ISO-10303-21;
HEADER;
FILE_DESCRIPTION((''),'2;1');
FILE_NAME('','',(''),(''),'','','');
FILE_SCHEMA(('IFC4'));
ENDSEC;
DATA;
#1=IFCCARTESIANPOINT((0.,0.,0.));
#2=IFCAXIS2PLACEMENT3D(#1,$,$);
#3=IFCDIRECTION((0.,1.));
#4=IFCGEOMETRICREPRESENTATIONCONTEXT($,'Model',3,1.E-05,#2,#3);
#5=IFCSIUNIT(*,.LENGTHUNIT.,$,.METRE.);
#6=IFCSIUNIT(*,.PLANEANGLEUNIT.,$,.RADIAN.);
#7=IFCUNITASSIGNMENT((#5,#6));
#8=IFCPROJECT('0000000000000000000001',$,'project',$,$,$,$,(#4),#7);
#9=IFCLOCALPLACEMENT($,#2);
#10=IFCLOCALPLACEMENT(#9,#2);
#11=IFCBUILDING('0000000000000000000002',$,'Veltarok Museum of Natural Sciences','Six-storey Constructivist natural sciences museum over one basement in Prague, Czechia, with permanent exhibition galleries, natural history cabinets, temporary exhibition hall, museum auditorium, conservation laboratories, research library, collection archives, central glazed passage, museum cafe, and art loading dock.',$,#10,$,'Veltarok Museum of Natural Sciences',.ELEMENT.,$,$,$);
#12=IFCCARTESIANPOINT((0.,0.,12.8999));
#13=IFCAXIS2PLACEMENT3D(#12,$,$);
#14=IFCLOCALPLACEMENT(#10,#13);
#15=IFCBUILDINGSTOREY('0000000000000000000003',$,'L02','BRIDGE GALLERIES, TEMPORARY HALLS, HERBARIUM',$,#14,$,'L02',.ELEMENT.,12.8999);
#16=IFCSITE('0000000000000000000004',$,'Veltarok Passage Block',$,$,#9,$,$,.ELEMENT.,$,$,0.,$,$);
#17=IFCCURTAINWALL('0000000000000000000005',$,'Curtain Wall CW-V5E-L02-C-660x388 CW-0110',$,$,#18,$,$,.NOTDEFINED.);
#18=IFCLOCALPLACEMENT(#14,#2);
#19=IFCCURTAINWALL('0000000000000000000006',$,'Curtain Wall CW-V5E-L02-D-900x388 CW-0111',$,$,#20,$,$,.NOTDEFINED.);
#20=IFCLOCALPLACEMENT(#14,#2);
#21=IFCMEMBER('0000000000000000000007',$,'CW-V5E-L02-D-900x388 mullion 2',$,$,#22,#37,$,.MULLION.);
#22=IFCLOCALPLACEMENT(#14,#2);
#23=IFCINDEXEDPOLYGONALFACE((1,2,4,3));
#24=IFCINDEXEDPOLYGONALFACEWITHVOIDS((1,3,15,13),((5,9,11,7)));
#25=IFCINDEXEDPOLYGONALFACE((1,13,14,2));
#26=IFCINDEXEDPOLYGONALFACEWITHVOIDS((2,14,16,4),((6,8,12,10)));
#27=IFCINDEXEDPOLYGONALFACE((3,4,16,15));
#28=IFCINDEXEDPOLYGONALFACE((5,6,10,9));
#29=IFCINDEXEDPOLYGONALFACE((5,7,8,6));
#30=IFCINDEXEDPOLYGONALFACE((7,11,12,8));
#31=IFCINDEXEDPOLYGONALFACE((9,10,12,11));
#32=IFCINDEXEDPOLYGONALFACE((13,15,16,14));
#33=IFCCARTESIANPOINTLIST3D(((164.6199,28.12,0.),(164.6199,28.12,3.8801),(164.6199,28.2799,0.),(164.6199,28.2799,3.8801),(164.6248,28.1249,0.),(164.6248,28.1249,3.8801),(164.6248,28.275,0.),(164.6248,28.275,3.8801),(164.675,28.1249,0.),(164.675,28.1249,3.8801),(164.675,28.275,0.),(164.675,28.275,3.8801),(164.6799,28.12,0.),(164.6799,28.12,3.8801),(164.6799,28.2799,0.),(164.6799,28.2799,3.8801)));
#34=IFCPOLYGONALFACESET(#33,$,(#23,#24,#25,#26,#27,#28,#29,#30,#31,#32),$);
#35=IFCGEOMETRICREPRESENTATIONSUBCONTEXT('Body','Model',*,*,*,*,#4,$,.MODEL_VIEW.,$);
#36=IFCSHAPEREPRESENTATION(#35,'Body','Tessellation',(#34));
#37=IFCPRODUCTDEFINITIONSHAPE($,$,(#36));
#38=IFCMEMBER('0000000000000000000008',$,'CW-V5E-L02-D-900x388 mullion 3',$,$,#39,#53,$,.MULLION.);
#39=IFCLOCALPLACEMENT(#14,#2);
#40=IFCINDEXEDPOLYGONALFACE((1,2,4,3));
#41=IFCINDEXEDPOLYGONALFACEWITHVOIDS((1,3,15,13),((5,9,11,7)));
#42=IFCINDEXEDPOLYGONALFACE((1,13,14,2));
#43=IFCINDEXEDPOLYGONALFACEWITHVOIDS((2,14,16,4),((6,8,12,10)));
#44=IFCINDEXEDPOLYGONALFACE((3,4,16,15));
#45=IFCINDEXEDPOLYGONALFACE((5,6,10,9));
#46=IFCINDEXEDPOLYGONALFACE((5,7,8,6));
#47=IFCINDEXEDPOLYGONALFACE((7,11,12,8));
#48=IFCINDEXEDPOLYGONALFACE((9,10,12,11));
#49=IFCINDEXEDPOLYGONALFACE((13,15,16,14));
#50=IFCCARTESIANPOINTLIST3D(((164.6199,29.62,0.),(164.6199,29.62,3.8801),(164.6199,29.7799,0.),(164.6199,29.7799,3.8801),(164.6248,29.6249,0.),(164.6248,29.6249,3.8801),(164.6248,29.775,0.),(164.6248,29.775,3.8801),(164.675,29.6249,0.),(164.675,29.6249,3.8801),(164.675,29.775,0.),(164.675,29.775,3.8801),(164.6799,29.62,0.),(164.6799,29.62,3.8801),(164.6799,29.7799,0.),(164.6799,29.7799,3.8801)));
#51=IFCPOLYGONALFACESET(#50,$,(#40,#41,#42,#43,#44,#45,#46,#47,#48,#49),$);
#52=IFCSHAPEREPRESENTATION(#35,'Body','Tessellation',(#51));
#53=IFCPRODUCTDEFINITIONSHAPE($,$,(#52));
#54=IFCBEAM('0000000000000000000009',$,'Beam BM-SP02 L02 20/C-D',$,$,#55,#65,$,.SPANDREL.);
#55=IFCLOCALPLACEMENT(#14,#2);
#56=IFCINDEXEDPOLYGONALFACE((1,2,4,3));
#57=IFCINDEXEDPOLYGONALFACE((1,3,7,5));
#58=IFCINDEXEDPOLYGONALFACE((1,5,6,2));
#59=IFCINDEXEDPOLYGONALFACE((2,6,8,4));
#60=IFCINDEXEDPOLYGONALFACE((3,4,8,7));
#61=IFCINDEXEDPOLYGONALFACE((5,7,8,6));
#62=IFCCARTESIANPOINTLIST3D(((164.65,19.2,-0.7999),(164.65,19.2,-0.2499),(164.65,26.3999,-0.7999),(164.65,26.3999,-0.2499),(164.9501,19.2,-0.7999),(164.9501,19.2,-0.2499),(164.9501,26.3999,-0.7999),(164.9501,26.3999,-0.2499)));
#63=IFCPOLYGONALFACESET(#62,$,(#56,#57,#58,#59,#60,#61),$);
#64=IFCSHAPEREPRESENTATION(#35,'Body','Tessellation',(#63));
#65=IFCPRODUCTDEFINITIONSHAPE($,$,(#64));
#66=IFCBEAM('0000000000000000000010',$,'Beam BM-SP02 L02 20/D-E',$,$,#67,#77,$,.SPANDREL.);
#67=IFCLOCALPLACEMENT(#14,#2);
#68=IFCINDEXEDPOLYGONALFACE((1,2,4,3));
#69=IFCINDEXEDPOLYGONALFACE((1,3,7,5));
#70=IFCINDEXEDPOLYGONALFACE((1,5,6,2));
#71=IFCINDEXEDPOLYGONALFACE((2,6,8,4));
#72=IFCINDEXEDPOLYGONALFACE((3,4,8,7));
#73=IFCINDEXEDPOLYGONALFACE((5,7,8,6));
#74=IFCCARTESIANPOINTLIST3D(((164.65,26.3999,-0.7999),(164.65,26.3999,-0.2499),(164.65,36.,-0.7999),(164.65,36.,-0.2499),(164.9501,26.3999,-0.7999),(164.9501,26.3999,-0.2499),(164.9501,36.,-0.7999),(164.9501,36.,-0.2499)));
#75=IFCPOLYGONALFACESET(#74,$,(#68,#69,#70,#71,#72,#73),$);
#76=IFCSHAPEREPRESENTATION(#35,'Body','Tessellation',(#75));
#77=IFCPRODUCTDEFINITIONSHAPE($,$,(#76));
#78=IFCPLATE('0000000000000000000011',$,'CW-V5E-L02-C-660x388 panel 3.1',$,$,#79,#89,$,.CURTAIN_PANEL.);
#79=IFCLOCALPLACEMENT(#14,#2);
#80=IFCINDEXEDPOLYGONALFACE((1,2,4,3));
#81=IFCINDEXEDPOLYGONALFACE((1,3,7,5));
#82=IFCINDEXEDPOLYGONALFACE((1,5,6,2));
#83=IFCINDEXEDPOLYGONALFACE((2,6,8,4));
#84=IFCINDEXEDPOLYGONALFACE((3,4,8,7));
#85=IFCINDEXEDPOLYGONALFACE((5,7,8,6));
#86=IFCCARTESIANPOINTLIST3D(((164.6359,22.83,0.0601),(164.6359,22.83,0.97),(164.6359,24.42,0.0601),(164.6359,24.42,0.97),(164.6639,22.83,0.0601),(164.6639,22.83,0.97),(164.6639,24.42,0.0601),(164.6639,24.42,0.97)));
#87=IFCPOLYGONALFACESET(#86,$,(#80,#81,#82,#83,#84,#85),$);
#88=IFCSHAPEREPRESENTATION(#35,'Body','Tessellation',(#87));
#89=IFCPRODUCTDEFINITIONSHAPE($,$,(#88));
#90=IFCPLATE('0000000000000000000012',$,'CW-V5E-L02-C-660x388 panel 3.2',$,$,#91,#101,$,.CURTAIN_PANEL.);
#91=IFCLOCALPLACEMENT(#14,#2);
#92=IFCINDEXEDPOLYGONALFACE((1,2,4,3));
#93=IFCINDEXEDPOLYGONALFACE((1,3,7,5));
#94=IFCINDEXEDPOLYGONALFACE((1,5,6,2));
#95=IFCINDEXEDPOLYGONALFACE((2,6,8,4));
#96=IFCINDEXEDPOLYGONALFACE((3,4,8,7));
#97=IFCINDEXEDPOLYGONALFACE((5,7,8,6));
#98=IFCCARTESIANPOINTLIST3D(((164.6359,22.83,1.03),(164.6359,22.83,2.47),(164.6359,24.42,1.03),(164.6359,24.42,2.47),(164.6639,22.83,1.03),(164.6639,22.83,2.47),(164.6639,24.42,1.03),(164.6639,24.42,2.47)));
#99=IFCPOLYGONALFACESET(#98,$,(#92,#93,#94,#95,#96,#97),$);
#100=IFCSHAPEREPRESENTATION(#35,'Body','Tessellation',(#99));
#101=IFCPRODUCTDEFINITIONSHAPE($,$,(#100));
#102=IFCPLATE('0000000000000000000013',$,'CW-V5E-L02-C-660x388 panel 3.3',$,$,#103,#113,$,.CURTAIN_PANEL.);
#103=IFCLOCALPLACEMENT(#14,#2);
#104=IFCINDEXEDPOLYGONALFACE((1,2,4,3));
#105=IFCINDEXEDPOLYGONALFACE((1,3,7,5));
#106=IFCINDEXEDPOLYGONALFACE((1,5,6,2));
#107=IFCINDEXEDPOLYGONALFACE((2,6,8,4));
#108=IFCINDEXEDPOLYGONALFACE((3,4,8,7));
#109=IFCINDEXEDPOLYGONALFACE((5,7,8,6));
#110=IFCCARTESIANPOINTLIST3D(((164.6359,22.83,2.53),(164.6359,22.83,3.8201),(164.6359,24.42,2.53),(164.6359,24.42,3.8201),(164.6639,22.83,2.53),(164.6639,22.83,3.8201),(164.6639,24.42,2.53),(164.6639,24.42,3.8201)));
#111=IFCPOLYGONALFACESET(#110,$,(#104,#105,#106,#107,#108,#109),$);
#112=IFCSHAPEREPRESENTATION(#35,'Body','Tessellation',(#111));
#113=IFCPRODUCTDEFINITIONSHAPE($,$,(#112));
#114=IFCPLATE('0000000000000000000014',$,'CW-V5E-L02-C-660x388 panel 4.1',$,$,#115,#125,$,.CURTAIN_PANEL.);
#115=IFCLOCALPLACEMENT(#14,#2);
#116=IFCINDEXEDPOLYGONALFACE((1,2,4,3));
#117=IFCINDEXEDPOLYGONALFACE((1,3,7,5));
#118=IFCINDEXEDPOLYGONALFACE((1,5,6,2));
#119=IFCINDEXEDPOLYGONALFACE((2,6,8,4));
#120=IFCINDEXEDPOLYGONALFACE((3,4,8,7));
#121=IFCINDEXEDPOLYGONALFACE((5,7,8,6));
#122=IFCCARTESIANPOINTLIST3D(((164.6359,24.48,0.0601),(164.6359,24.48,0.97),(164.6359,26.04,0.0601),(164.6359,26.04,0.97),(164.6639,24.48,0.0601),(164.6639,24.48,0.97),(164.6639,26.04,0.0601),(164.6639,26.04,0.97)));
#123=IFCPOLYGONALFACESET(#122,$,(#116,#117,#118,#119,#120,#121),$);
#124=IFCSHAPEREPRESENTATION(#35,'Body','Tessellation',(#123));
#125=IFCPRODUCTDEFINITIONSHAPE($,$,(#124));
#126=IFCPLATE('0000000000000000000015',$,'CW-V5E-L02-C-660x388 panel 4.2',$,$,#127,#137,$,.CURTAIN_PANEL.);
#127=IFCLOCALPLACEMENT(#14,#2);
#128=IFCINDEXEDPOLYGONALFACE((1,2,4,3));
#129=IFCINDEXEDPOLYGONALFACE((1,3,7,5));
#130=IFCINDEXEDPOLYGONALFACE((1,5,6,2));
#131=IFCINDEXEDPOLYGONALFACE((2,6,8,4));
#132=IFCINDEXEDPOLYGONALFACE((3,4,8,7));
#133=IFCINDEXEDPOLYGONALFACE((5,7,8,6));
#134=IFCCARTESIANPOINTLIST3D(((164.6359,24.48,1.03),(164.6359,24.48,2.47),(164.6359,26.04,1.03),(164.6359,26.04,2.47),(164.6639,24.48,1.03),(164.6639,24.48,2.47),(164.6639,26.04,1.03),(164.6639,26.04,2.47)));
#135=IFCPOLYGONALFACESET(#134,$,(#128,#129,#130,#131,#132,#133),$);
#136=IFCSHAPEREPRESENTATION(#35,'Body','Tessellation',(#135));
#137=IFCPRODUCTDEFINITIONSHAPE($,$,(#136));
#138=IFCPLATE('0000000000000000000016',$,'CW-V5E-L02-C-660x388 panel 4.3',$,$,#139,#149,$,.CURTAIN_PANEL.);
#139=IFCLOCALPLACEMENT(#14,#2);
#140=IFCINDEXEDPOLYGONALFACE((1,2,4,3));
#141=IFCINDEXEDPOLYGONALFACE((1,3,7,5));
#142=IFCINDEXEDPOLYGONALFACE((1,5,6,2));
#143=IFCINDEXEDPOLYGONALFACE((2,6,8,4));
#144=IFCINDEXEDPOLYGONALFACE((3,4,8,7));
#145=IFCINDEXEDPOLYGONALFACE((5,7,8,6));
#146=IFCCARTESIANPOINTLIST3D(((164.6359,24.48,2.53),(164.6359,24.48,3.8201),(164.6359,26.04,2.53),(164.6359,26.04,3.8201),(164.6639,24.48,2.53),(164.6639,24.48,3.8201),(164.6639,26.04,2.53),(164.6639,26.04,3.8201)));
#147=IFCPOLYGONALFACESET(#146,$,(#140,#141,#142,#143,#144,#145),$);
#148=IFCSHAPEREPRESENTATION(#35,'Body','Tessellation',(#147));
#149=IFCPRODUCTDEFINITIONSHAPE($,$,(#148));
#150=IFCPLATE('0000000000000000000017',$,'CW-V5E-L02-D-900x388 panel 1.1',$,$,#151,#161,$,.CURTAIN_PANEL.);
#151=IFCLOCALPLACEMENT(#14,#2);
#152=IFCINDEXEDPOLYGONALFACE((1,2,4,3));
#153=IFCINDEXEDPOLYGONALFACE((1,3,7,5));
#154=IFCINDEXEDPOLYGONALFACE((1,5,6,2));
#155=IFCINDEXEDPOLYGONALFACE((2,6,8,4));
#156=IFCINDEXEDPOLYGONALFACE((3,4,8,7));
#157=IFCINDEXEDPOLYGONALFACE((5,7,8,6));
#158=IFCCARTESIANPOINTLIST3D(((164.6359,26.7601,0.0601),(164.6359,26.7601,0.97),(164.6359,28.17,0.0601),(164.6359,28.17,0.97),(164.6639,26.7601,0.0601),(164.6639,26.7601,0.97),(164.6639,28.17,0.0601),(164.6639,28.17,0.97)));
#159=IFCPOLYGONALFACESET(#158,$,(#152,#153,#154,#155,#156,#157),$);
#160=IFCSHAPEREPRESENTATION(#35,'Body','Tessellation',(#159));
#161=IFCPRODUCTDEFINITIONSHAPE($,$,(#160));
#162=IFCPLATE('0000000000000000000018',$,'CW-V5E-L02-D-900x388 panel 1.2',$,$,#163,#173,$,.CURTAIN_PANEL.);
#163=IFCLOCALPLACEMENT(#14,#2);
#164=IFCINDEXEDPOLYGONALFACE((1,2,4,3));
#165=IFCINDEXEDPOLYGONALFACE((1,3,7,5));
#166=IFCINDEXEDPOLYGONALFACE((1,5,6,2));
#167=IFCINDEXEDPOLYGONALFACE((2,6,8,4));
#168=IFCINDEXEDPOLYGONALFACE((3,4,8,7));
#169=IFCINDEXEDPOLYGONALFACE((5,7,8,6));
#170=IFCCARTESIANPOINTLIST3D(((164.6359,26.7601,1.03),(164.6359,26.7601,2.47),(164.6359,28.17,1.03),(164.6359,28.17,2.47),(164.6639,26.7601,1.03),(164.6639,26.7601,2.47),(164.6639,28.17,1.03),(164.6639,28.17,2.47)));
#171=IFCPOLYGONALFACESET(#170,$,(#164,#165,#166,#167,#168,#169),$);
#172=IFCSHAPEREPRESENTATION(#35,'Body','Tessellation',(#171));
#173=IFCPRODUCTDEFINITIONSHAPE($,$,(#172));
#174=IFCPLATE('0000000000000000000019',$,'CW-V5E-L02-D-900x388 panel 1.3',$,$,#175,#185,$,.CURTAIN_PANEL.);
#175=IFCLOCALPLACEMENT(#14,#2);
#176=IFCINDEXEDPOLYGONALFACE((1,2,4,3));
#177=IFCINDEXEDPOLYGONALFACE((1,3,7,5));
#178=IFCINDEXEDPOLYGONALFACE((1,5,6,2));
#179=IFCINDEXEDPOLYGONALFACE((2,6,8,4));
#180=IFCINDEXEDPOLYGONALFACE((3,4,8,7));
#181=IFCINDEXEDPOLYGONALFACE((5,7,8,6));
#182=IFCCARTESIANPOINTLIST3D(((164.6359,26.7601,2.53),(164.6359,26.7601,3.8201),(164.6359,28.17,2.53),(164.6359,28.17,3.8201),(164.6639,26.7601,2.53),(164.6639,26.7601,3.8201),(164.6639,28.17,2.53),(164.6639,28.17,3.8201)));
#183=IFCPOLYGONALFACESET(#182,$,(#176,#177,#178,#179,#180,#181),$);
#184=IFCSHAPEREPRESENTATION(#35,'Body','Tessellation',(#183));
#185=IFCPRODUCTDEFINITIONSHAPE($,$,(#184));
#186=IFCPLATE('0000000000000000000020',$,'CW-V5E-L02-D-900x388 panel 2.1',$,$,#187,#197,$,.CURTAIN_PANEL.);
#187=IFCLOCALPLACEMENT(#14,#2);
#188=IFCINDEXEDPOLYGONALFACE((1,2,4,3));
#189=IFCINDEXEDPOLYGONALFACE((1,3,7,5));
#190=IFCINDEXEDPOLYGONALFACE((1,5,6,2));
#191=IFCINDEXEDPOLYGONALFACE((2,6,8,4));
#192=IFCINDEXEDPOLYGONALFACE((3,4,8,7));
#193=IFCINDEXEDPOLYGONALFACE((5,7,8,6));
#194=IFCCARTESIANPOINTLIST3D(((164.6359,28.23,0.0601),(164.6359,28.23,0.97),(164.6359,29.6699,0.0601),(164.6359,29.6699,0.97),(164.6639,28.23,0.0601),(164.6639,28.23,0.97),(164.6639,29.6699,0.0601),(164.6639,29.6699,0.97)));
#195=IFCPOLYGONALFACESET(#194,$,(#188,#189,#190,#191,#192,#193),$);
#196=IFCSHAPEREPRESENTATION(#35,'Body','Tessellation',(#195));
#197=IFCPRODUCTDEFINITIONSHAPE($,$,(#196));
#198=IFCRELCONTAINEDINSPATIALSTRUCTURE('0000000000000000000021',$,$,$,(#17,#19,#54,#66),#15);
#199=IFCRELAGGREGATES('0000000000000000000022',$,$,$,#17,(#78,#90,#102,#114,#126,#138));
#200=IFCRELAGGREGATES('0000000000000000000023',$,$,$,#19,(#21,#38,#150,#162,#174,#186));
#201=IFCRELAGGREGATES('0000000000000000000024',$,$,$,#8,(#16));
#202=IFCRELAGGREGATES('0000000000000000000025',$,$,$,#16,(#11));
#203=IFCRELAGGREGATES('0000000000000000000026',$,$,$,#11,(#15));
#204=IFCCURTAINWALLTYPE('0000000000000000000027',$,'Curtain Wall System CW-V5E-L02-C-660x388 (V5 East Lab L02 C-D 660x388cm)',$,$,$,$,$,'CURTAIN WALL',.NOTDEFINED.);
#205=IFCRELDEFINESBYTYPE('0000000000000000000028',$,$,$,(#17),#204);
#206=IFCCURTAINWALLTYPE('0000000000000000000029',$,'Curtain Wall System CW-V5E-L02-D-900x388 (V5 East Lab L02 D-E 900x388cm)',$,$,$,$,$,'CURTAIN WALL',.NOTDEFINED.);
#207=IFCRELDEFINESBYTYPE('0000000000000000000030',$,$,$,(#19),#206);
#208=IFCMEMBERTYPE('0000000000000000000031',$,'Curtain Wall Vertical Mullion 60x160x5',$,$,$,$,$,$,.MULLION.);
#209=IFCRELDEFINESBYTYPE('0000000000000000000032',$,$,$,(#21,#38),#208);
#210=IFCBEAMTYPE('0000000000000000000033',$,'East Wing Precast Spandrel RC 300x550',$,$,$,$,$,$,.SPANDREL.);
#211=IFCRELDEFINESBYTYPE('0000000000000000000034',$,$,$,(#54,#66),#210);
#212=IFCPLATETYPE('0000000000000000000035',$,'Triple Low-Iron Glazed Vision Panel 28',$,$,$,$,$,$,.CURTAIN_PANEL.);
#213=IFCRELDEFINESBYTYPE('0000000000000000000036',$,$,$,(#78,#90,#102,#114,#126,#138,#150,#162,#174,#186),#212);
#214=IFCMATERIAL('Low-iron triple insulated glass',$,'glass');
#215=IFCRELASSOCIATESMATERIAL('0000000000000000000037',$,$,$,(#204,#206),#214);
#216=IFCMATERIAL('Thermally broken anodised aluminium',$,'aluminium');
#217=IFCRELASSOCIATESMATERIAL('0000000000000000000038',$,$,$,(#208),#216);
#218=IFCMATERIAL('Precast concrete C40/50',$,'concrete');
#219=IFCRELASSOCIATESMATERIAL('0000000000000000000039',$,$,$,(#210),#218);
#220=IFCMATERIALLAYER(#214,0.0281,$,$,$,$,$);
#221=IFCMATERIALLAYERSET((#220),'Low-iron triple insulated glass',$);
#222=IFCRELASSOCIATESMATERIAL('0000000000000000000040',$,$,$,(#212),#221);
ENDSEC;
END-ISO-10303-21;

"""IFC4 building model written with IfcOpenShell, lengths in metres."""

from ifc_helpers import new_model, si_unit, direction, frame, origin, origin_2d, place, context, subcontext, project, spatial, rectangle, hollow_rectangle, extrude, material, layer, layer_set, material_profile, profile_set, type_object, element, aggregate, save


model = new_model("IFC4")

# Units and contexts
model_context = context("Model", 3, precision=1e-05, world=origin(), true_north=direction((0.0, 1.0)))
body_context = subcontext(model_context, "Body", "Model", "MODEL_VIEW")
ifc_project = project(units=[si_unit("LENGTHUNIT", "METRE"), si_unit("PLANEANGLEUNIT", "RADIAN")], contexts=[model_context])

# Site, building, storey
site_placement = place(None, origin())
site = spatial("IfcSite", under=ifc_project, at=site_placement, Name="Veltarok Passage Block", CompositionType="ELEMENT", RefElevation=0.0)
building_placement = place(site_placement, origin())
building = spatial("IfcBuilding", under=site, at=building_placement, Name="Veltarok Museum of Natural Sciences", Description="Six-storey Constructivist natural sciences museum over one basement in Prague, Czechia, with permanent exhibition galleries, natural history cabinets, temporary exhibition hall, museum auditorium, conservation laboratories, research library, collection archives, central glazed passage, museum cafe, and art loading dock.", LongName="Veltarok Museum of Natural Sciences", CompositionType="ELEMENT")
storey_placement = place(building_placement, frame((0.0, 0.0, 12.8999)))
storey = spatial("IfcBuildingStorey", under=building, at=storey_placement, Name="L02", Description="BRIDGE GALLERIES, TEMPORARY HALLS, HERBARIUM", LongName="L02", CompositionType="ELEMENT", Elevation=12.8999)

# Curtain walls
ifc_material_1 = material(Name="Low-iron triple insulated glass", Category="glass")
curtain_wall_type_1 = type_object("IfcCurtainWallType", Name="Curtain Wall System CW-V5E-L02-C-660x388 (V5 East Lab L02 C-D 660x388cm)", ElementType="CURTAIN WALL", PredefinedType="NOTDEFINED", material=ifc_material_1)
curtain_wall_1_placement = place(storey_placement, origin())
curtain_wall_1 = element("IfcCurtainWall", 1, at=curtain_wall_1_placement, inside=storey, type_object=curtain_wall_type_1, Name="Curtain Wall CW-V5E-L02-C-660x388 CW-0110", PredefinedType="NOTDEFINED")
ifc_material_2 = material(Name="Thermally broken anodised aluminium", Category="aluminium")
curtain_wall_type_2 = type_object("IfcCurtainWallType", Name="Curtain Wall System CW-V5E-L02-D-900x388 (V5 East Lab L02 D-E 900x388cm)", ElementType="CURTAIN WALL", PredefinedType="NOTDEFINED", material=ifc_material_1)
curtain_wall_2_placement = place(storey_placement, origin())
curtain_wall_2 = element("IfcCurtainWall", 2, at=curtain_wall_2_placement, inside=storey, type_object=curtain_wall_type_2, Name="Curtain Wall CW-V5E-L02-D-900x388 CW-0111", PredefinedType="NOTDEFINED")

# Members
ifc_material_profile_1 = material_profile(ifc_material_2, hollow_rectangle(XDim=0.0601, YDim=0.1599, WallThickness=0.0049, at=origin_2d()), Name="CW MULLION 60x160x5")
ifc_profile_set_1 = profile_set([ifc_material_profile_1], Name="Thermally broken anodised aluminium")
member_type_1 = type_object("IfcMemberType", Name="Curtain Wall Vertical Mullion 60x160x5", PredefinedType="MULLION", material=ifc_profile_set_1)
member_1_placement = place(storey_placement, frame((164.6499, 28.2, 0.0), z_axis=(0.0, 0.0, 1.0), x_axis=(-1.0, 0.0, 0.0)))
member_1 = element("IfcMember", 3, at=member_1_placement, type_object=member_type_1, Name="CW-V5E-L02-D-900x388 mullion 2", PredefinedType="MULLION", context=body_context, shape_type="SweptSolid", body=[
    extrude(hollow_rectangle(XDim=0.0601, YDim=0.1599, WallThickness=0.0049, at=origin_2d()), origin(), (0.0, 0.0, 1.0), 3.8801),
])
member_2_placement = place(storey_placement, frame((164.6499, 29.7, 0.0), z_axis=(0.0, 0.0, 1.0), x_axis=(-1.0, 0.0, 0.0)))
member_2 = element("IfcMember", 4, at=member_2_placement, type_object=member_type_1, Name="CW-V5E-L02-D-900x388 mullion 3", PredefinedType="MULLION", context=body_context, shape_type="SweptSolid", body=[
    extrude(hollow_rectangle(XDim=0.0601, YDim=0.1599, WallThickness=0.0049, at=origin_2d()), origin(), (0.0, 0.0, 1.0), 3.8801),
])

# Beams
ifc_material_3 = material(Name="Precast concrete C40/50", Category="concrete")
ifc_material_profile_2 = material_profile(ifc_material_3, rectangle(XDim=0.3, YDim=0.55, at=origin_2d()), Name="RC 300x550")
ifc_profile_set_2 = profile_set([ifc_material_profile_2], Name="Precast concrete C40/50")
beam_type = type_object("IfcBeamType", Name="East Wing Precast Spandrel RC 300x550", PredefinedType="SPANDREL", material=ifc_profile_set_2)
beam_1_placement = place(storey_placement, frame((164.8, 19.2, -0.5249), z_axis=(0.0, 1.0, 0.0), x_axis=(-1.0, 0.0, 0.0)))
element("IfcBeam", 5, at=beam_1_placement, inside=storey, type_object=beam_type, Name="Beam BM-SP02 L02 20/C-D", PredefinedType="SPANDREL", context=body_context, shape_type="SweptSolid", body=[
    extrude(rectangle(XDim=0.3, YDim=0.55, at=origin_2d()), origin(), (0.0, 0.0, 1.0), 7.2),
])
beam_2_placement = place(storey_placement, frame((164.8, 26.3999, -0.5249), z_axis=(0.0, 1.0, 0.0), x_axis=(-1.0, 0.0, 0.0)))
element("IfcBeam", 6, at=beam_2_placement, inside=storey, type_object=beam_type, Name="Beam BM-SP02 L02 20/D-E", PredefinedType="SPANDREL", context=body_context, shape_type="SweptSolid", body=[
    extrude(rectangle(XDim=0.3, YDim=0.55, at=origin_2d()), origin(), (0.0, 0.0, 1.0), 9.6001),
])

# Plates
ifc_layer = layer(ifc_material_1, 0.0281)
ifc_layer_set = layer_set([ifc_layer], Name="Low-iron triple insulated glass")
plate_type = type_object("IfcPlateType", Name="Triple Low-Iron Glazed Vision Panel 28", PredefinedType="CURTAIN_PANEL", material=ifc_layer_set)
plate_1_placement = place(storey_placement, frame((164.6499, 23.625, 0.0601), z_axis=(0.0, 0.0, 1.0), x_axis=(0.0, 1.0, 0.0)))
plate_1 = element("IfcPlate", 7, at=plate_1_placement, type_object=plate_type, Name="CW-V5E-L02-C-660x388 panel 3.1", PredefinedType="CURTAIN_PANEL", context=body_context, shape_type="SweptSolid", body=[
    extrude(rectangle(XDim=1.5901, YDim=0.0281, at=origin_2d()), origin(), (0.0, 0.0, 1.0), 0.9099),
])
plate_2_placement = place(storey_placement, frame((164.6499, 23.625, 1.03), z_axis=(0.0, 0.0, 1.0), x_axis=(0.0, 1.0, 0.0)))
plate_2 = element("IfcPlate", 8, at=plate_2_placement, type_object=plate_type, Name="CW-V5E-L02-C-660x388 panel 3.2", PredefinedType="CURTAIN_PANEL", context=body_context, shape_type="SweptSolid", body=[
    extrude(rectangle(XDim=1.5901, YDim=0.0281, at=origin_2d()), origin(), (0.0, 0.0, 1.0), 1.4399),
])
plate_3_placement = place(storey_placement, frame((164.6499, 23.625, 2.53), z_axis=(0.0, 0.0, 1.0), x_axis=(0.0, 1.0, 0.0)))
plate_3 = element("IfcPlate", 9, at=plate_3_placement, type_object=plate_type, Name="CW-V5E-L02-C-660x388 panel 3.3", PredefinedType="CURTAIN_PANEL", context=body_context, shape_type="SweptSolid", body=[
    extrude(rectangle(XDim=1.5901, YDim=0.0281, at=origin_2d()), origin(), (0.0, 0.0, 1.0), 1.29),
])
plate_4_placement = place(storey_placement, frame((164.6499, 25.26, 0.0601), z_axis=(0.0, 0.0, 1.0), x_axis=(0.0, 1.0, 0.0)))
plate_4 = element("IfcPlate", 10, at=plate_4_placement, type_object=plate_type, Name="CW-V5E-L02-C-660x388 panel 4.1", PredefinedType="CURTAIN_PANEL", context=body_context, shape_type="SweptSolid", body=[
    extrude(rectangle(XDim=1.5601, YDim=0.0281, at=origin_2d()), origin(), (0.0, 0.0, 1.0), 0.9099),
])
plate_5_placement = place(storey_placement, frame((164.6499, 25.26, 1.03), z_axis=(0.0, 0.0, 1.0), x_axis=(0.0, 1.0, 0.0)))
plate_5 = element("IfcPlate", 11, at=plate_5_placement, type_object=plate_type, Name="CW-V5E-L02-C-660x388 panel 4.2", PredefinedType="CURTAIN_PANEL", context=body_context, shape_type="SweptSolid", body=[
    extrude(rectangle(XDim=1.5601, YDim=0.0281, at=origin_2d()), origin(), (0.0, 0.0, 1.0), 1.4399),
])
plate_6_placement = place(storey_placement, frame((164.6499, 25.26, 2.53), z_axis=(0.0, 0.0, 1.0), x_axis=(0.0, 1.0, 0.0)))
plate_6 = element("IfcPlate", 12, at=plate_6_placement, type_object=plate_type, Name="CW-V5E-L02-C-660x388 panel 4.3", PredefinedType="CURTAIN_PANEL", context=body_context, shape_type="SweptSolid", body=[
    extrude(rectangle(XDim=1.5601, YDim=0.0281, at=origin_2d()), origin(), (0.0, 0.0, 1.0), 1.29),
])
aggregate(curtain_wall_1, [plate_1, plate_2, plate_3, plate_4, plate_5, plate_6])
plate_7_placement = place(storey_placement, frame((164.6499, 27.4651, 0.0601), z_axis=(0.0, 0.0, 1.0), x_axis=(0.0, 1.0, 0.0)))
plate_7 = element("IfcPlate", 13, at=plate_7_placement, type_object=plate_type, Name="CW-V5E-L02-D-900x388 panel 1.1", PredefinedType="CURTAIN_PANEL", context=body_context, shape_type="SweptSolid", body=[
    extrude(rectangle(XDim=1.4099, YDim=0.0281, at=origin_2d()), origin(), (0.0, 0.0, 1.0), 0.9099),
])
plate_8_placement = place(storey_placement, frame((164.6499, 27.4651, 1.03), z_axis=(0.0, 0.0, 1.0), x_axis=(0.0, 1.0, 0.0)))
plate_8 = element("IfcPlate", 14, at=plate_8_placement, type_object=plate_type, Name="CW-V5E-L02-D-900x388 panel 1.2", PredefinedType="CURTAIN_PANEL", context=body_context, shape_type="SweptSolid", body=[
    extrude(rectangle(XDim=1.4099, YDim=0.0281, at=origin_2d()), origin(), (0.0, 0.0, 1.0), 1.4399),
])
plate_9_placement = place(storey_placement, frame((164.6499, 27.4651, 2.53), z_axis=(0.0, 0.0, 1.0), x_axis=(0.0, 1.0, 0.0)))
plate_9 = element("IfcPlate", 15, at=plate_9_placement, type_object=plate_type, Name="CW-V5E-L02-D-900x388 panel 1.3", PredefinedType="CURTAIN_PANEL", context=body_context, shape_type="SweptSolid", body=[
    extrude(rectangle(XDim=1.4099, YDim=0.0281, at=origin_2d()), origin(), (0.0, 0.0, 1.0), 1.29),
])
plate_10_placement = place(storey_placement, frame((164.6499, 28.95, 0.0601), z_axis=(0.0, 0.0, 1.0), x_axis=(0.0, 1.0, 0.0)))
plate_10 = element("IfcPlate", 16, at=plate_10_placement, type_object=plate_type, Name="CW-V5E-L02-D-900x388 panel 2.1", PredefinedType="CURTAIN_PANEL", context=body_context, shape_type="SweptSolid", body=[
    extrude(rectangle(XDim=1.4399, YDim=0.0281, at=origin_2d()), origin(), (0.0, 0.0, 1.0), 0.9099),
])
aggregate(curtain_wall_2, [member_1, member_2, plate_7, plate_8, plate_9, plate_10])

save(model, "model.ifc")
